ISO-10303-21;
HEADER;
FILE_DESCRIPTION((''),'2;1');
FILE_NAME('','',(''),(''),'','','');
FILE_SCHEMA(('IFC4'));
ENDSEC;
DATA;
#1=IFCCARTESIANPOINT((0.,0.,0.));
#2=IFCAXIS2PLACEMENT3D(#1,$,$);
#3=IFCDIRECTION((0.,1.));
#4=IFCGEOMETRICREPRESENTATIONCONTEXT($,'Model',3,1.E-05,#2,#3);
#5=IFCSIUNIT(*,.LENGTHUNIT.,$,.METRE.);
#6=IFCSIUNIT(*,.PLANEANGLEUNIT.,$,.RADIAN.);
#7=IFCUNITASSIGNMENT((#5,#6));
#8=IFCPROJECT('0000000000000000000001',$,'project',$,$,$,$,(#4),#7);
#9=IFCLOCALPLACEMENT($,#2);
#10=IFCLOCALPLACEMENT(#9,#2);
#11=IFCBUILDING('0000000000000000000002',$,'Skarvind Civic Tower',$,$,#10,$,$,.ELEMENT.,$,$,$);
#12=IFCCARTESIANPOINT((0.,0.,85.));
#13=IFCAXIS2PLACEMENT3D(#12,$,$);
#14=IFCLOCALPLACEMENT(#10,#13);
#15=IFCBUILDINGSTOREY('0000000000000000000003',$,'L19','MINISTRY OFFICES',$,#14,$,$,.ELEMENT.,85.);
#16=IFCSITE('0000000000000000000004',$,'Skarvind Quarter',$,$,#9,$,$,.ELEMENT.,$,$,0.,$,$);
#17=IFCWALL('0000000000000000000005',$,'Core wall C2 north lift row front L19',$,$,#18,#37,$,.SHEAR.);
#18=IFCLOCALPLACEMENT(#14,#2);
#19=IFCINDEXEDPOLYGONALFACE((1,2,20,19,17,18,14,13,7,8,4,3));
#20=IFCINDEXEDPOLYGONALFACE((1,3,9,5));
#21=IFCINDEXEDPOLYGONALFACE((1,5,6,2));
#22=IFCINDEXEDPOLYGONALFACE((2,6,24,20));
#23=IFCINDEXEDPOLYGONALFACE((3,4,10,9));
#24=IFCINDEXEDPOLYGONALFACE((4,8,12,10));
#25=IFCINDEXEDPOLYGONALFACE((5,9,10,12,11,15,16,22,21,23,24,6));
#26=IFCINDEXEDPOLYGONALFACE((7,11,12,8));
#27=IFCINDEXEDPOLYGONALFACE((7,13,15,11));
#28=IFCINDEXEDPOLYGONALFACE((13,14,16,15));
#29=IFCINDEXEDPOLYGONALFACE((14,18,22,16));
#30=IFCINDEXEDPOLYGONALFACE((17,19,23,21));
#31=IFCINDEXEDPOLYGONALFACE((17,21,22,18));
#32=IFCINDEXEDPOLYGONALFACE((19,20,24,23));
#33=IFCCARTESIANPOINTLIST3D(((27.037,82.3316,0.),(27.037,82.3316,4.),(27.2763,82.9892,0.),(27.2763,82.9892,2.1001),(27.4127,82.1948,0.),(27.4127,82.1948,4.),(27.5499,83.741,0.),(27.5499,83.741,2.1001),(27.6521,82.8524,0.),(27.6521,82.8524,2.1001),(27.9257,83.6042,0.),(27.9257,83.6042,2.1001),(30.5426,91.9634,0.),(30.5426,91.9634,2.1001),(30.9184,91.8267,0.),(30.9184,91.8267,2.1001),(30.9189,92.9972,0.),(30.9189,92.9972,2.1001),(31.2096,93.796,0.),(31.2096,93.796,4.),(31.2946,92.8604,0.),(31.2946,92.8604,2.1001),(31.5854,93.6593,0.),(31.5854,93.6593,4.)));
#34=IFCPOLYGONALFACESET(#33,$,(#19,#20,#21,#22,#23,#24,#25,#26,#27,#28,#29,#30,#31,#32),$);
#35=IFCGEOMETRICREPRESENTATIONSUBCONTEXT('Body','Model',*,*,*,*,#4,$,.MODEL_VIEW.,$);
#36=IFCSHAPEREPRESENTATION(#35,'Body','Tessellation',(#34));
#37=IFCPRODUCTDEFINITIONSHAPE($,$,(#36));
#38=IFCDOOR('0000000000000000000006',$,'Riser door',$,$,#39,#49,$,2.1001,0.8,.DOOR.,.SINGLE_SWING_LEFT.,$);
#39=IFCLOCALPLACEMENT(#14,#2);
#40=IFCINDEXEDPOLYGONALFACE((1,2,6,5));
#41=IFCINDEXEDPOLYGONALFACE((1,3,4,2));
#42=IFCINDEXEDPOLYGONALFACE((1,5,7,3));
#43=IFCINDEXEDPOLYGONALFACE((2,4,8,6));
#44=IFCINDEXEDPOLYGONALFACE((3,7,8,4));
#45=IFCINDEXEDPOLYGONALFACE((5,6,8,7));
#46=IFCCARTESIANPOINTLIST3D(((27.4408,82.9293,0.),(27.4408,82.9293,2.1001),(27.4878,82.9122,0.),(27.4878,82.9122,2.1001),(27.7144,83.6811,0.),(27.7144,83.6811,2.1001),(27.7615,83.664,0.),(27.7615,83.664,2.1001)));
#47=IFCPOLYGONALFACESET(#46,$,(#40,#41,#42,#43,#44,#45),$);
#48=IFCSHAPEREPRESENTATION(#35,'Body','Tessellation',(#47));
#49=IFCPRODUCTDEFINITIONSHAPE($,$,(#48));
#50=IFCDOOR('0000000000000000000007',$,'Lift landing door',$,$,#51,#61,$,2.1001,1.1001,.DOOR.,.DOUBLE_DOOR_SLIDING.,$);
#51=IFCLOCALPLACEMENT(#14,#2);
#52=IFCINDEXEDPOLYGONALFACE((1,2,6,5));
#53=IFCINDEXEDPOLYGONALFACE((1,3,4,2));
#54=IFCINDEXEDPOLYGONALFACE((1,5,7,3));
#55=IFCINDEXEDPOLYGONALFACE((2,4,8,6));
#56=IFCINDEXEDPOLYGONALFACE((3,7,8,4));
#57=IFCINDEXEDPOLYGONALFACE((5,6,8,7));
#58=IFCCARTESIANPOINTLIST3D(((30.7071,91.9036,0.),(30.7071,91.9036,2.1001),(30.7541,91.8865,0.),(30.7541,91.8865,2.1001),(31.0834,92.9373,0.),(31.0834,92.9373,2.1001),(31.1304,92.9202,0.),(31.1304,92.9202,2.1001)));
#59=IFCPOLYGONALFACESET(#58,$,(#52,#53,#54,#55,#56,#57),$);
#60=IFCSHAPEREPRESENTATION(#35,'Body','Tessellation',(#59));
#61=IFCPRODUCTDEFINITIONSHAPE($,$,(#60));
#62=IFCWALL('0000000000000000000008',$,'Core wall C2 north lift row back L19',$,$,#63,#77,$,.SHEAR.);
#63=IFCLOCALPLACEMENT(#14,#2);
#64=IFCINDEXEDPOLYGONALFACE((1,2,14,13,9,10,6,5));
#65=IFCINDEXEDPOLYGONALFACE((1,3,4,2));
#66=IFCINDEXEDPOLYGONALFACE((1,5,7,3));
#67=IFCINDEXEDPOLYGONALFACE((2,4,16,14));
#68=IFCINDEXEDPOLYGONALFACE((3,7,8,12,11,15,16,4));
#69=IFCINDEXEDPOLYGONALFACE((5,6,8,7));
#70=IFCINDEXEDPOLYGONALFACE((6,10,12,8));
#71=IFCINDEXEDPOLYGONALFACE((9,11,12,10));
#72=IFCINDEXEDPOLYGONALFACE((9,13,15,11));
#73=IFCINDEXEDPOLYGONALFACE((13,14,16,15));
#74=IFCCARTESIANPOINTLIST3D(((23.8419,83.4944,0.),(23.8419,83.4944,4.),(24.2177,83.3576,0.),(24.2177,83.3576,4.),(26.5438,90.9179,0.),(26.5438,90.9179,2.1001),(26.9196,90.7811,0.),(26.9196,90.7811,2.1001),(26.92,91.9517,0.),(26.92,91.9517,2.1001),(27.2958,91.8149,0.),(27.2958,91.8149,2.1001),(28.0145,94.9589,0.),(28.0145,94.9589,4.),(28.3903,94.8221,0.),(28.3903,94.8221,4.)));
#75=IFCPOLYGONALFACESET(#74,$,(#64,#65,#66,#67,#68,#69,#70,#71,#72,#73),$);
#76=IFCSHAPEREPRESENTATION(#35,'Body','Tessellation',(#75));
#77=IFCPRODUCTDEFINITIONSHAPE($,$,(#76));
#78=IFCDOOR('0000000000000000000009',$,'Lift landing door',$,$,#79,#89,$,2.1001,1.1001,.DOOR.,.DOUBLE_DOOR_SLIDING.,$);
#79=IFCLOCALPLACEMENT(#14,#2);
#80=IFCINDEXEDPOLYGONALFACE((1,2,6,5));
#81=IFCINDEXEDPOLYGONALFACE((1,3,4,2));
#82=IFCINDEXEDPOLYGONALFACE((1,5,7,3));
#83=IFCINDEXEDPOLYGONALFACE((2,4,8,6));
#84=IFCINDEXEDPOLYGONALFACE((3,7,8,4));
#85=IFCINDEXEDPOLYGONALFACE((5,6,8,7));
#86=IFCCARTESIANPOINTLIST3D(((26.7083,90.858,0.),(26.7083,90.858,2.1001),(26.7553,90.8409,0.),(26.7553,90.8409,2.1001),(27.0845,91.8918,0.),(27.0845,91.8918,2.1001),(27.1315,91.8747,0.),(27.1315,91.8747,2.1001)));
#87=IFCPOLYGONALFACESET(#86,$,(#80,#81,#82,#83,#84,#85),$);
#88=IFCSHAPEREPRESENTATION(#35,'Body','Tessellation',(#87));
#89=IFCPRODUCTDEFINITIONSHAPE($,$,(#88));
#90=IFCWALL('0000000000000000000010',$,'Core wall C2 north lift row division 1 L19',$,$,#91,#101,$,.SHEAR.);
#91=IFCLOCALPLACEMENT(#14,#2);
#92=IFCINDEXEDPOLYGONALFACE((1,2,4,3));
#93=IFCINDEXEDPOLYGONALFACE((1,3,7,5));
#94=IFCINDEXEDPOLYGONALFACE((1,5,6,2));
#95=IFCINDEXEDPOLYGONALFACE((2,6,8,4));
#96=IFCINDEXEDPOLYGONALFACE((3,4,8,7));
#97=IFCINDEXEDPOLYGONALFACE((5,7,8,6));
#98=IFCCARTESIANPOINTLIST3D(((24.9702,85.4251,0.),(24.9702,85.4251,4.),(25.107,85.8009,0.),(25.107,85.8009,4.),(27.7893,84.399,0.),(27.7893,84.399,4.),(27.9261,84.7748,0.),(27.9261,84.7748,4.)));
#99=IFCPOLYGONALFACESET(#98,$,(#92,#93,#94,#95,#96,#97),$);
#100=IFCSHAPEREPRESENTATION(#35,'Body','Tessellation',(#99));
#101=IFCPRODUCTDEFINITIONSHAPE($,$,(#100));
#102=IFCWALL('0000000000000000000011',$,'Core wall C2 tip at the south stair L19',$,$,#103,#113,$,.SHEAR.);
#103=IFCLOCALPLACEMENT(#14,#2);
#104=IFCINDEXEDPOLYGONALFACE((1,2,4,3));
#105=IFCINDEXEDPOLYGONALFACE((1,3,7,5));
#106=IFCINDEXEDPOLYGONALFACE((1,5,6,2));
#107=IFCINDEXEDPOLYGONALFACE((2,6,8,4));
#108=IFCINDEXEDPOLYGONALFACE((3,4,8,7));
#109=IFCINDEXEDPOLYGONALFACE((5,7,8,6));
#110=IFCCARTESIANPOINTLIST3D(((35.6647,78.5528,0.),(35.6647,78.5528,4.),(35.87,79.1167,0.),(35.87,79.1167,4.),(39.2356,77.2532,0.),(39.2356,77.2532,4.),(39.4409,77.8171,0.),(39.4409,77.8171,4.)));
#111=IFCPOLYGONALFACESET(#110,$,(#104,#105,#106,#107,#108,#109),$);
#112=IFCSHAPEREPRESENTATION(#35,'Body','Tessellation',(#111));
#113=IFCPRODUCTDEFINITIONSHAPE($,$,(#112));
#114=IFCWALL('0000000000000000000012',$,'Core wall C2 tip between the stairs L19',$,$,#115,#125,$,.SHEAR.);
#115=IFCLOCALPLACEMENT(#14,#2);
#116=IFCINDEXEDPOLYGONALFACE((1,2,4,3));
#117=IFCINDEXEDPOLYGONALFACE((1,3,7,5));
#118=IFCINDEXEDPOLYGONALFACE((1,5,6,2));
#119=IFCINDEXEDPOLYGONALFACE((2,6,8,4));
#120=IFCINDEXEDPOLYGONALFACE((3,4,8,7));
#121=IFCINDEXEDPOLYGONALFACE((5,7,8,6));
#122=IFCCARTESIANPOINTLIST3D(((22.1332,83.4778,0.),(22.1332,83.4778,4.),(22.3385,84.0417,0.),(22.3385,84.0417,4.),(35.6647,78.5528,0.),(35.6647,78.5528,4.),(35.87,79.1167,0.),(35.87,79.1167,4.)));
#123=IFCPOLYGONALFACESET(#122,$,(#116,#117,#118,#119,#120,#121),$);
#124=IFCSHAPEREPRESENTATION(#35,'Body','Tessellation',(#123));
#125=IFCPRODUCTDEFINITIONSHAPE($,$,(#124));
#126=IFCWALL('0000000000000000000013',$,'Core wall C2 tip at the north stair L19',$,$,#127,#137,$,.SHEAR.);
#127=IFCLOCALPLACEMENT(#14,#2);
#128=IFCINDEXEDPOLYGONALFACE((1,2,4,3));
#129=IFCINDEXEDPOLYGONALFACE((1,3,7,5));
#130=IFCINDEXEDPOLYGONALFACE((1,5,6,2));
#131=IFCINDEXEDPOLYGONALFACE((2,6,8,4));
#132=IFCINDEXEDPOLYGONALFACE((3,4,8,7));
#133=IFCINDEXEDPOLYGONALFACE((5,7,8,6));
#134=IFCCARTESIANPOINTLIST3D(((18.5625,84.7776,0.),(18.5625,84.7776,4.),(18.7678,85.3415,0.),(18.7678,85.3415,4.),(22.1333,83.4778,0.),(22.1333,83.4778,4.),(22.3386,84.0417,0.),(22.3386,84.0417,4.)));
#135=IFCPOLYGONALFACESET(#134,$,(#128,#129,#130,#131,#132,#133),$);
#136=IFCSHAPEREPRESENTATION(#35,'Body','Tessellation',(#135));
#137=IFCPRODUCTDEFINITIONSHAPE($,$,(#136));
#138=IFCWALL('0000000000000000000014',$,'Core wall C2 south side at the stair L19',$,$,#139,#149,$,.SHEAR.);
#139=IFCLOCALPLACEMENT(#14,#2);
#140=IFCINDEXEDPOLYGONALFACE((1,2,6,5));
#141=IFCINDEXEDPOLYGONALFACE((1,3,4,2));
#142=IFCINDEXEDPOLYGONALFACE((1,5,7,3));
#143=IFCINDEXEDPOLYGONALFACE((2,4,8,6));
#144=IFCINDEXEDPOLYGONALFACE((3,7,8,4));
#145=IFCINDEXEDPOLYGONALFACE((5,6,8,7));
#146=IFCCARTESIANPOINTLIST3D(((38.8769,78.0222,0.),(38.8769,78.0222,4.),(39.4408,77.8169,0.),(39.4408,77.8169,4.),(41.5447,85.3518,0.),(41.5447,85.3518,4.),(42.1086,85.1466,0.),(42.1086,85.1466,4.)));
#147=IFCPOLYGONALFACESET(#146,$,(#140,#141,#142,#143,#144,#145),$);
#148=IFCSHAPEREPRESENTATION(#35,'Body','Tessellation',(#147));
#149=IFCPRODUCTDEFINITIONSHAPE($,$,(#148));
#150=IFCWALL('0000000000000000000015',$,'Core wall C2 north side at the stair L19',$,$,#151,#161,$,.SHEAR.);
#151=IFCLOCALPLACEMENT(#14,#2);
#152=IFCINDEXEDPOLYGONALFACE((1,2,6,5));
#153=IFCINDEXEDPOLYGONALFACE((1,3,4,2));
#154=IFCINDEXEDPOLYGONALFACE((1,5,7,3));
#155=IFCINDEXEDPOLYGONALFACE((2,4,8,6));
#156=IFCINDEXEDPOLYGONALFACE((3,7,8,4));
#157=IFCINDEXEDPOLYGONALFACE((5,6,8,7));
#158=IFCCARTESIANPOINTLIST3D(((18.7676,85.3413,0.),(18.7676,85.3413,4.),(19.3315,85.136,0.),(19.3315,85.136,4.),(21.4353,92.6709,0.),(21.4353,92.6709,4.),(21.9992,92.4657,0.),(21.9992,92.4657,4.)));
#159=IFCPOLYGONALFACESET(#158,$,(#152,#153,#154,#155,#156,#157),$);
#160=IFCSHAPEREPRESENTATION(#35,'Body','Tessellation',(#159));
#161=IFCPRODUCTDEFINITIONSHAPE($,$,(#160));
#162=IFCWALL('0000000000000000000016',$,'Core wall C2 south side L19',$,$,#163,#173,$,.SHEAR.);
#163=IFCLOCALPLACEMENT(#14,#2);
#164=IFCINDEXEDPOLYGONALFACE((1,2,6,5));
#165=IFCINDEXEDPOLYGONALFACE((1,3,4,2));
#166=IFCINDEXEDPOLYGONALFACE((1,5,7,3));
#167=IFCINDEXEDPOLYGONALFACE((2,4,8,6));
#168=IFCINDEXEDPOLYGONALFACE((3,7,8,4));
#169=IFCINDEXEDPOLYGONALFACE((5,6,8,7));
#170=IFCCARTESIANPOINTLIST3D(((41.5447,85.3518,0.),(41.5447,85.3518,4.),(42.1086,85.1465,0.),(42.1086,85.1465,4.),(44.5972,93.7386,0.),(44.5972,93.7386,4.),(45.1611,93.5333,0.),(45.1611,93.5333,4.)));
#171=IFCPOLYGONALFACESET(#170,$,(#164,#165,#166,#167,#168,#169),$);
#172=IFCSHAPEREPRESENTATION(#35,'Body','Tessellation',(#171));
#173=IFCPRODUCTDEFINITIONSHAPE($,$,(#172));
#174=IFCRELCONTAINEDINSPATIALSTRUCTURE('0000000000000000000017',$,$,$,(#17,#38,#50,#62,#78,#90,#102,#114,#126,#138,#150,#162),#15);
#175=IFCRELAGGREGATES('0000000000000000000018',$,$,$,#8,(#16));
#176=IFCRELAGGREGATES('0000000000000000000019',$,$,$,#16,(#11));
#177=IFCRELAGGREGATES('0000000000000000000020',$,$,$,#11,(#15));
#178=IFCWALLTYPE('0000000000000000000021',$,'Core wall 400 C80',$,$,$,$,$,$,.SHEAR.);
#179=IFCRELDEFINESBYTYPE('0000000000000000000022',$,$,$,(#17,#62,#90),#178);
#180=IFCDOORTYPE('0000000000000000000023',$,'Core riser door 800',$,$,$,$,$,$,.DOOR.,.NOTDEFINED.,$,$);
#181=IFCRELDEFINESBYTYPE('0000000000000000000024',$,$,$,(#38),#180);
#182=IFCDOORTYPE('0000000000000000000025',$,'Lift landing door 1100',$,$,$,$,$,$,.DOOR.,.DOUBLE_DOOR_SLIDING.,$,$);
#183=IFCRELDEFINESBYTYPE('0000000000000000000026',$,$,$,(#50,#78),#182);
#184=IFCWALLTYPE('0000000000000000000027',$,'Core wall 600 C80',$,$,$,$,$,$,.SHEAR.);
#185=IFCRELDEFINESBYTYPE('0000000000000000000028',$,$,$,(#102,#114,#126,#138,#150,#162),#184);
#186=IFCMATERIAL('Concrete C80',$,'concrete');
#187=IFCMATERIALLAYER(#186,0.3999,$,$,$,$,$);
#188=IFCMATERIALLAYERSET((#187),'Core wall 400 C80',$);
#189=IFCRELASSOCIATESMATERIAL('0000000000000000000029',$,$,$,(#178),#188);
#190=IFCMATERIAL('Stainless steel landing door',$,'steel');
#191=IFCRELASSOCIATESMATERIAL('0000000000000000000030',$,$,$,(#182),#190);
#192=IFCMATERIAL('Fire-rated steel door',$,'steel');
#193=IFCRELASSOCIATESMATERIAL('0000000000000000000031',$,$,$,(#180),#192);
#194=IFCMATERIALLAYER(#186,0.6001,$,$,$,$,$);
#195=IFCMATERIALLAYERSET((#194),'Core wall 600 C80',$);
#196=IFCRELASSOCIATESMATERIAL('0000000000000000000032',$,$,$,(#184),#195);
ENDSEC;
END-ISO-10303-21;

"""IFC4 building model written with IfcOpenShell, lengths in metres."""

from ifc_helpers import new_model, si_unit, direction, frame, frame_2d, origin, place, context, subcontext, project, spatial, rectangle, extrude, material, layer, layer_set, type_object, element, fill, save


model = new_model("IFC4")

# Units and contexts
model_context = context("Model", 3, precision=1e-05, world=origin(), true_north=direction((0.0, 1.0)))
body_context = subcontext(model_context, "Body", "Model", "MODEL_VIEW")
ifc_project = project(units=[si_unit("LENGTHUNIT", "METRE"), si_unit("PLANEANGLEUNIT", "RADIAN")], contexts=[model_context])

# Site, building, storey
site_placement = place(None, origin())
site = spatial("IfcSite", under=ifc_project, at=site_placement, Name="Skarvind Quarter", CompositionType="ELEMENT", RefElevation=0.0)
building_placement = place(site_placement, origin())
building = spatial("IfcBuilding", under=site, at=building_placement, Name="Skarvind Civic Tower", CompositionType="ELEMENT")
storey_placement = place(building_placement, frame((0.0, 0.0, 85.0)))
storey = spatial("IfcBuildingStorey", under=building, at=storey_placement, Name="L19", Description="MINISTRY OFFICES", CompositionType="ELEMENT", Elevation=85.0)

# Shared definitions
ifc_material_1 = material(Name="Concrete C80", Category="concrete")
ifc_layer_1 = layer(ifc_material_1, 0.3999)
ifc_layer_set_1 = layer_set([ifc_layer_1], Name="Core wall 400 C80")
wall_type_1 = type_object("IfcWallType", Name="Core wall 400 C80", PredefinedType="SHEAR", material=ifc_layer_set_1)

# Shared definitions
ifc_material_2 = material(Name="Fire-rated steel door", Category="steel")

# Shared definitions
ifc_material_3 = material(Name="Stainless steel landing door", Category="steel")
door_type_1 = type_object("IfcDoorType", Name="Lift landing door 1100", OperationType="DOUBLE_DOOR_SLIDING", PredefinedType="DOOR", material=ifc_material_3)

# Wall, openings, doors
wall_1_placement = place(storey_placement, frame((27.2249, 82.2632, 0.0), z_axis=(0.0, 0.0, 1.0), x_axis=(0.342015, 0.939695, 0.0)))
wall_1 = element("IfcWall", 1, at=wall_1_placement, inside=storey, type_object=wall_type_1, Name="Core wall C2 north lift row front L19", PredefinedType="SHEAR", context=body_context, shape_type="SweptSolid", body=[
    extrude(rectangle(XDim=12.2002, YDim=0.3999, at=frame_2d((6.1001, 0.0))), origin(), (0.0, 0.0, 1.0), 4.0),
])
opening_1_placement = place(wall_1_placement, frame((10.25, 0.0, 0.0)))
opening_1 = element("IfcOpeningElement", 2, at=opening_1_placement, cuts=wall_1, PredefinedType="OPENING", context=body_context, shape_type="SweptSolid", body=[
    extrude(rectangle(XDim=1.1001, YDim=2.1001, at=frame_2d((0.55, 1.05))), frame((0.0, 0.21, 0.0), z_axis=(0.0, -1.0, 0.0), x_axis=(1.0, 0.0, 0.0)), (0.0, 0.0, 1.0), 0.4199),
])
opening_2_placement = place(wall_1_placement, frame((0.7, 0.0, 0.0)))
opening_2 = element("IfcOpeningElement", 3, at=opening_2_placement, cuts=wall_1, PredefinedType="OPENING", context=body_context, shape_type="SweptSolid", body=[
    extrude(rectangle(XDim=0.8, YDim=2.1001, at=frame_2d((0.3999, 1.05))), frame((0.0, 0.21, 0.0), z_axis=(0.0, -1.0, 0.0), x_axis=(1.0, 0.0, 0.0)), (0.0, 0.0, 1.0), 0.4199),
])
door_type_2 = type_object("IfcDoorType", Name="Core riser door 800", OperationType="NOTDEFINED", PredefinedType="DOOR", material=ifc_material_2)
door_1_placement = place(opening_2_placement, origin())
door_1 = element("IfcDoor", 4, at=door_1_placement, inside=storey, type_object=door_type_2, Name="Riser door", OperationType="SINGLE_SWING_LEFT", OverallHeight=2.1001, OverallWidth=0.8, PredefinedType="DOOR", context=body_context, shape_type="SweptSolid", body=[
    extrude(rectangle(XDim=0.8, YDim=2.1001, at=frame_2d((0.3999, 1.05))), frame((0.0, 0.0249, 0.0), z_axis=(0.0, -1.0, 0.0), x_axis=(1.0, 0.0, 0.0)), (0.0, 0.0, 1.0), 0.05),
])
fill(opening_2, door_1)
door_2_placement = place(opening_1_placement, origin())
door_2 = element("IfcDoor", 5, at=door_2_placement, inside=storey, type_object=door_type_1, Name="Lift landing door", OperationType="DOUBLE_DOOR_SLIDING", OverallHeight=2.1001, OverallWidth=1.1001, PredefinedType="DOOR", context=body_context, shape_type="SweptSolid", body=[
    extrude(rectangle(XDim=1.1001, YDim=2.1001, at=frame_2d((0.55, 1.05))), frame((0.0, 0.0249, 0.0), z_axis=(0.0, -1.0, 0.0), x_axis=(1.0, 0.0, 0.0)), (0.0, 0.0, 1.0), 0.05),
])
fill(opening_1, door_2)

# Wall, opening, door
wall_2_placement = place(storey_placement, frame((24.0298, 83.426, 0.0), z_axis=(0.0, 0.0, 1.0), x_axis=(0.342015, 0.939695, 0.0)))
wall_2 = element("IfcWall", 6, at=wall_2_placement, inside=storey, type_object=wall_type_1, Name="Core wall C2 north lift row back L19", PredefinedType="SHEAR", context=body_context, shape_type="SweptSolid", body=[
    extrude(rectangle(XDim=12.2002, YDim=0.3999, at=frame_2d((6.1001, 0.0))), origin(), (0.0, 0.0, 1.0), 4.0),
])
opening_3_placement = place(wall_2_placement, frame((7.8999, 0.0, 0.0)))
opening_3 = element("IfcOpeningElement", 7, at=opening_3_placement, cuts=wall_2, PredefinedType="OPENING", context=body_context, shape_type="SweptSolid", body=[
    extrude(rectangle(XDim=1.1001, YDim=2.1001, at=frame_2d((0.55, 1.05))), frame((0.0, 0.21, 0.0), z_axis=(0.0, -1.0, 0.0), x_axis=(1.0, 0.0, 0.0)), (0.0, 0.0, 1.0), 0.4199),
])
door_3_placement = place(opening_3_placement, origin())
door_3 = element("IfcDoor", 8, at=door_3_placement, inside=storey, type_object=door_type_1, Name="Lift landing door", OperationType="DOUBLE_DOOR_SLIDING", OverallHeight=2.1001, OverallWidth=1.1001, PredefinedType="DOOR", context=body_context, shape_type="SweptSolid", body=[
    extrude(rectangle(XDim=1.1001, YDim=2.1001, at=frame_2d((0.55, 1.05))), frame((0.0, 0.0249, 0.0), z_axis=(0.0, -1.0, 0.0), x_axis=(1.0, 0.0, 0.0)), (0.0, 0.0, 1.0), 0.05),
])
fill(opening_3, door_3)

# Walls
wall_3_placement = place(storey_placement, frame((27.8577, 84.5869, 0.0), z_axis=(0.0, 0.0, 1.0), x_axis=(-0.939686, 0.342037, 0.0)))
element("IfcWall", 9, at=wall_3_placement, inside=storey, type_object=wall_type_1, Name="Core wall C2 north lift row division 1 L19", PredefinedType="SHEAR", context=body_context, shape_type="SweptSolid", body=[
    extrude(rectangle(XDim=3.0, YDim=0.3999, at=frame_2d((1.5, 0.0))), origin(), (0.0, 0.0, 1.0), 4.0),
])
ifc_layer_2 = layer(ifc_material_1, 0.6001)
ifc_layer_set_2 = layer_set([ifc_layer_2], Name="Core wall 600 C80")
wall_type_2 = type_object("IfcWallType", Name="Core wall 600 C80", PredefinedType="SHEAR", material=ifc_layer_set_2)
wall_4_placement = place(storey_placement, frame((39.3381, 77.5352, 0.0), z_axis=(0.0, 0.0, 1.0), x_axis=(-0.939701, 0.341996, 0.0)))
element("IfcWall", 10, at=wall_4_placement, inside=storey, type_object=wall_type_2, Name="Core wall C2 tip at the south stair L19", PredefinedType="SHEAR", context=body_context, shape_type="SweptSolid", body=[
    extrude(rectangle(XDim=3.8, YDim=0.6001, at=frame_2d((1.8999, 0.0))), origin(), (0.0, 0.0, 1.0), 4.0),
])
wall_5_placement = place(storey_placement, frame((35.7673, 78.8347, 0.0), z_axis=(0.0, 0.0, 1.0), x_axis=(-0.939693, 0.342019, 0.0)))
element("IfcWall", 11, at=wall_5_placement, inside=storey, type_object=wall_type_2, Name="Core wall C2 tip between the stairs L19", PredefinedType="SHEAR", context=body_context, shape_type="SweptSolid", body=[
    extrude(rectangle(XDim=14.3999, YDim=0.6001, at=frame_2d((7.2, 0.0))), origin(), (0.0, 0.0, 1.0), 4.0),
])
wall_6_placement = place(storey_placement, frame((22.2358, 83.7598, 0.0), z_axis=(0.0, 0.0, 1.0), x_axis=(-0.939681, 0.342053, 0.0)))
element("IfcWall", 12, at=wall_6_placement, inside=storey, type_object=wall_type_2, Name="Core wall C2 tip at the north stair L19", PredefinedType="SHEAR", context=body_context, shape_type="SweptSolid", body=[
    extrude(rectangle(XDim=3.8, YDim=0.6001, at=frame_2d((1.8999, 0.0))), origin(), (0.0, 0.0, 1.0), 4.0),
])
for number, where, z_axis, x_axis, name in (
    (13, (39.1589, 77.9197, 0.0), (0.0, 0.0, 1.0), (0.342017, 0.939694, 0.0), "Core wall C2 south side at the stair L19"),
    (14, (19.0496, 85.2388, 0.0), (0.0, 0.0, 1.0), (0.342017, 0.939694, 0.0), "Core wall C2 north side at the stair L19"),
):
    element("IfcWall", number, at=place(storey_placement, frame(where, z_axis=z_axis, x_axis=x_axis)), inside=storey, type_object=wall_type_2, Name=name, PredefinedType="SHEAR", context=body_context, shape_type="SweptSolid", body=[
        extrude(rectangle(XDim=7.8, YDim=0.6001, at=frame_2d((3.8999, 0.0))), origin(), (0.0, 0.0, 1.0), 4.0),
    ])
wall_7_placement = place(storey_placement, frame((41.8267, 85.2493, 0.0), z_axis=(0.0, 0.0, 1.0), x_axis=(0.342018, 0.939694, 0.0)))
element("IfcWall", 15, at=wall_7_placement, inside=storey, type_object=wall_type_2, Name="Core wall C2 south side L19", PredefinedType="SHEAR", context=body_context, shape_type="SweptSolid", body=[
    extrude(rectangle(XDim=8.925, YDim=0.6001, at=frame_2d((4.4624, 0.0))), origin(), (0.0, 0.0, 1.0), 4.0),
])

save(model, "model.ifc")
